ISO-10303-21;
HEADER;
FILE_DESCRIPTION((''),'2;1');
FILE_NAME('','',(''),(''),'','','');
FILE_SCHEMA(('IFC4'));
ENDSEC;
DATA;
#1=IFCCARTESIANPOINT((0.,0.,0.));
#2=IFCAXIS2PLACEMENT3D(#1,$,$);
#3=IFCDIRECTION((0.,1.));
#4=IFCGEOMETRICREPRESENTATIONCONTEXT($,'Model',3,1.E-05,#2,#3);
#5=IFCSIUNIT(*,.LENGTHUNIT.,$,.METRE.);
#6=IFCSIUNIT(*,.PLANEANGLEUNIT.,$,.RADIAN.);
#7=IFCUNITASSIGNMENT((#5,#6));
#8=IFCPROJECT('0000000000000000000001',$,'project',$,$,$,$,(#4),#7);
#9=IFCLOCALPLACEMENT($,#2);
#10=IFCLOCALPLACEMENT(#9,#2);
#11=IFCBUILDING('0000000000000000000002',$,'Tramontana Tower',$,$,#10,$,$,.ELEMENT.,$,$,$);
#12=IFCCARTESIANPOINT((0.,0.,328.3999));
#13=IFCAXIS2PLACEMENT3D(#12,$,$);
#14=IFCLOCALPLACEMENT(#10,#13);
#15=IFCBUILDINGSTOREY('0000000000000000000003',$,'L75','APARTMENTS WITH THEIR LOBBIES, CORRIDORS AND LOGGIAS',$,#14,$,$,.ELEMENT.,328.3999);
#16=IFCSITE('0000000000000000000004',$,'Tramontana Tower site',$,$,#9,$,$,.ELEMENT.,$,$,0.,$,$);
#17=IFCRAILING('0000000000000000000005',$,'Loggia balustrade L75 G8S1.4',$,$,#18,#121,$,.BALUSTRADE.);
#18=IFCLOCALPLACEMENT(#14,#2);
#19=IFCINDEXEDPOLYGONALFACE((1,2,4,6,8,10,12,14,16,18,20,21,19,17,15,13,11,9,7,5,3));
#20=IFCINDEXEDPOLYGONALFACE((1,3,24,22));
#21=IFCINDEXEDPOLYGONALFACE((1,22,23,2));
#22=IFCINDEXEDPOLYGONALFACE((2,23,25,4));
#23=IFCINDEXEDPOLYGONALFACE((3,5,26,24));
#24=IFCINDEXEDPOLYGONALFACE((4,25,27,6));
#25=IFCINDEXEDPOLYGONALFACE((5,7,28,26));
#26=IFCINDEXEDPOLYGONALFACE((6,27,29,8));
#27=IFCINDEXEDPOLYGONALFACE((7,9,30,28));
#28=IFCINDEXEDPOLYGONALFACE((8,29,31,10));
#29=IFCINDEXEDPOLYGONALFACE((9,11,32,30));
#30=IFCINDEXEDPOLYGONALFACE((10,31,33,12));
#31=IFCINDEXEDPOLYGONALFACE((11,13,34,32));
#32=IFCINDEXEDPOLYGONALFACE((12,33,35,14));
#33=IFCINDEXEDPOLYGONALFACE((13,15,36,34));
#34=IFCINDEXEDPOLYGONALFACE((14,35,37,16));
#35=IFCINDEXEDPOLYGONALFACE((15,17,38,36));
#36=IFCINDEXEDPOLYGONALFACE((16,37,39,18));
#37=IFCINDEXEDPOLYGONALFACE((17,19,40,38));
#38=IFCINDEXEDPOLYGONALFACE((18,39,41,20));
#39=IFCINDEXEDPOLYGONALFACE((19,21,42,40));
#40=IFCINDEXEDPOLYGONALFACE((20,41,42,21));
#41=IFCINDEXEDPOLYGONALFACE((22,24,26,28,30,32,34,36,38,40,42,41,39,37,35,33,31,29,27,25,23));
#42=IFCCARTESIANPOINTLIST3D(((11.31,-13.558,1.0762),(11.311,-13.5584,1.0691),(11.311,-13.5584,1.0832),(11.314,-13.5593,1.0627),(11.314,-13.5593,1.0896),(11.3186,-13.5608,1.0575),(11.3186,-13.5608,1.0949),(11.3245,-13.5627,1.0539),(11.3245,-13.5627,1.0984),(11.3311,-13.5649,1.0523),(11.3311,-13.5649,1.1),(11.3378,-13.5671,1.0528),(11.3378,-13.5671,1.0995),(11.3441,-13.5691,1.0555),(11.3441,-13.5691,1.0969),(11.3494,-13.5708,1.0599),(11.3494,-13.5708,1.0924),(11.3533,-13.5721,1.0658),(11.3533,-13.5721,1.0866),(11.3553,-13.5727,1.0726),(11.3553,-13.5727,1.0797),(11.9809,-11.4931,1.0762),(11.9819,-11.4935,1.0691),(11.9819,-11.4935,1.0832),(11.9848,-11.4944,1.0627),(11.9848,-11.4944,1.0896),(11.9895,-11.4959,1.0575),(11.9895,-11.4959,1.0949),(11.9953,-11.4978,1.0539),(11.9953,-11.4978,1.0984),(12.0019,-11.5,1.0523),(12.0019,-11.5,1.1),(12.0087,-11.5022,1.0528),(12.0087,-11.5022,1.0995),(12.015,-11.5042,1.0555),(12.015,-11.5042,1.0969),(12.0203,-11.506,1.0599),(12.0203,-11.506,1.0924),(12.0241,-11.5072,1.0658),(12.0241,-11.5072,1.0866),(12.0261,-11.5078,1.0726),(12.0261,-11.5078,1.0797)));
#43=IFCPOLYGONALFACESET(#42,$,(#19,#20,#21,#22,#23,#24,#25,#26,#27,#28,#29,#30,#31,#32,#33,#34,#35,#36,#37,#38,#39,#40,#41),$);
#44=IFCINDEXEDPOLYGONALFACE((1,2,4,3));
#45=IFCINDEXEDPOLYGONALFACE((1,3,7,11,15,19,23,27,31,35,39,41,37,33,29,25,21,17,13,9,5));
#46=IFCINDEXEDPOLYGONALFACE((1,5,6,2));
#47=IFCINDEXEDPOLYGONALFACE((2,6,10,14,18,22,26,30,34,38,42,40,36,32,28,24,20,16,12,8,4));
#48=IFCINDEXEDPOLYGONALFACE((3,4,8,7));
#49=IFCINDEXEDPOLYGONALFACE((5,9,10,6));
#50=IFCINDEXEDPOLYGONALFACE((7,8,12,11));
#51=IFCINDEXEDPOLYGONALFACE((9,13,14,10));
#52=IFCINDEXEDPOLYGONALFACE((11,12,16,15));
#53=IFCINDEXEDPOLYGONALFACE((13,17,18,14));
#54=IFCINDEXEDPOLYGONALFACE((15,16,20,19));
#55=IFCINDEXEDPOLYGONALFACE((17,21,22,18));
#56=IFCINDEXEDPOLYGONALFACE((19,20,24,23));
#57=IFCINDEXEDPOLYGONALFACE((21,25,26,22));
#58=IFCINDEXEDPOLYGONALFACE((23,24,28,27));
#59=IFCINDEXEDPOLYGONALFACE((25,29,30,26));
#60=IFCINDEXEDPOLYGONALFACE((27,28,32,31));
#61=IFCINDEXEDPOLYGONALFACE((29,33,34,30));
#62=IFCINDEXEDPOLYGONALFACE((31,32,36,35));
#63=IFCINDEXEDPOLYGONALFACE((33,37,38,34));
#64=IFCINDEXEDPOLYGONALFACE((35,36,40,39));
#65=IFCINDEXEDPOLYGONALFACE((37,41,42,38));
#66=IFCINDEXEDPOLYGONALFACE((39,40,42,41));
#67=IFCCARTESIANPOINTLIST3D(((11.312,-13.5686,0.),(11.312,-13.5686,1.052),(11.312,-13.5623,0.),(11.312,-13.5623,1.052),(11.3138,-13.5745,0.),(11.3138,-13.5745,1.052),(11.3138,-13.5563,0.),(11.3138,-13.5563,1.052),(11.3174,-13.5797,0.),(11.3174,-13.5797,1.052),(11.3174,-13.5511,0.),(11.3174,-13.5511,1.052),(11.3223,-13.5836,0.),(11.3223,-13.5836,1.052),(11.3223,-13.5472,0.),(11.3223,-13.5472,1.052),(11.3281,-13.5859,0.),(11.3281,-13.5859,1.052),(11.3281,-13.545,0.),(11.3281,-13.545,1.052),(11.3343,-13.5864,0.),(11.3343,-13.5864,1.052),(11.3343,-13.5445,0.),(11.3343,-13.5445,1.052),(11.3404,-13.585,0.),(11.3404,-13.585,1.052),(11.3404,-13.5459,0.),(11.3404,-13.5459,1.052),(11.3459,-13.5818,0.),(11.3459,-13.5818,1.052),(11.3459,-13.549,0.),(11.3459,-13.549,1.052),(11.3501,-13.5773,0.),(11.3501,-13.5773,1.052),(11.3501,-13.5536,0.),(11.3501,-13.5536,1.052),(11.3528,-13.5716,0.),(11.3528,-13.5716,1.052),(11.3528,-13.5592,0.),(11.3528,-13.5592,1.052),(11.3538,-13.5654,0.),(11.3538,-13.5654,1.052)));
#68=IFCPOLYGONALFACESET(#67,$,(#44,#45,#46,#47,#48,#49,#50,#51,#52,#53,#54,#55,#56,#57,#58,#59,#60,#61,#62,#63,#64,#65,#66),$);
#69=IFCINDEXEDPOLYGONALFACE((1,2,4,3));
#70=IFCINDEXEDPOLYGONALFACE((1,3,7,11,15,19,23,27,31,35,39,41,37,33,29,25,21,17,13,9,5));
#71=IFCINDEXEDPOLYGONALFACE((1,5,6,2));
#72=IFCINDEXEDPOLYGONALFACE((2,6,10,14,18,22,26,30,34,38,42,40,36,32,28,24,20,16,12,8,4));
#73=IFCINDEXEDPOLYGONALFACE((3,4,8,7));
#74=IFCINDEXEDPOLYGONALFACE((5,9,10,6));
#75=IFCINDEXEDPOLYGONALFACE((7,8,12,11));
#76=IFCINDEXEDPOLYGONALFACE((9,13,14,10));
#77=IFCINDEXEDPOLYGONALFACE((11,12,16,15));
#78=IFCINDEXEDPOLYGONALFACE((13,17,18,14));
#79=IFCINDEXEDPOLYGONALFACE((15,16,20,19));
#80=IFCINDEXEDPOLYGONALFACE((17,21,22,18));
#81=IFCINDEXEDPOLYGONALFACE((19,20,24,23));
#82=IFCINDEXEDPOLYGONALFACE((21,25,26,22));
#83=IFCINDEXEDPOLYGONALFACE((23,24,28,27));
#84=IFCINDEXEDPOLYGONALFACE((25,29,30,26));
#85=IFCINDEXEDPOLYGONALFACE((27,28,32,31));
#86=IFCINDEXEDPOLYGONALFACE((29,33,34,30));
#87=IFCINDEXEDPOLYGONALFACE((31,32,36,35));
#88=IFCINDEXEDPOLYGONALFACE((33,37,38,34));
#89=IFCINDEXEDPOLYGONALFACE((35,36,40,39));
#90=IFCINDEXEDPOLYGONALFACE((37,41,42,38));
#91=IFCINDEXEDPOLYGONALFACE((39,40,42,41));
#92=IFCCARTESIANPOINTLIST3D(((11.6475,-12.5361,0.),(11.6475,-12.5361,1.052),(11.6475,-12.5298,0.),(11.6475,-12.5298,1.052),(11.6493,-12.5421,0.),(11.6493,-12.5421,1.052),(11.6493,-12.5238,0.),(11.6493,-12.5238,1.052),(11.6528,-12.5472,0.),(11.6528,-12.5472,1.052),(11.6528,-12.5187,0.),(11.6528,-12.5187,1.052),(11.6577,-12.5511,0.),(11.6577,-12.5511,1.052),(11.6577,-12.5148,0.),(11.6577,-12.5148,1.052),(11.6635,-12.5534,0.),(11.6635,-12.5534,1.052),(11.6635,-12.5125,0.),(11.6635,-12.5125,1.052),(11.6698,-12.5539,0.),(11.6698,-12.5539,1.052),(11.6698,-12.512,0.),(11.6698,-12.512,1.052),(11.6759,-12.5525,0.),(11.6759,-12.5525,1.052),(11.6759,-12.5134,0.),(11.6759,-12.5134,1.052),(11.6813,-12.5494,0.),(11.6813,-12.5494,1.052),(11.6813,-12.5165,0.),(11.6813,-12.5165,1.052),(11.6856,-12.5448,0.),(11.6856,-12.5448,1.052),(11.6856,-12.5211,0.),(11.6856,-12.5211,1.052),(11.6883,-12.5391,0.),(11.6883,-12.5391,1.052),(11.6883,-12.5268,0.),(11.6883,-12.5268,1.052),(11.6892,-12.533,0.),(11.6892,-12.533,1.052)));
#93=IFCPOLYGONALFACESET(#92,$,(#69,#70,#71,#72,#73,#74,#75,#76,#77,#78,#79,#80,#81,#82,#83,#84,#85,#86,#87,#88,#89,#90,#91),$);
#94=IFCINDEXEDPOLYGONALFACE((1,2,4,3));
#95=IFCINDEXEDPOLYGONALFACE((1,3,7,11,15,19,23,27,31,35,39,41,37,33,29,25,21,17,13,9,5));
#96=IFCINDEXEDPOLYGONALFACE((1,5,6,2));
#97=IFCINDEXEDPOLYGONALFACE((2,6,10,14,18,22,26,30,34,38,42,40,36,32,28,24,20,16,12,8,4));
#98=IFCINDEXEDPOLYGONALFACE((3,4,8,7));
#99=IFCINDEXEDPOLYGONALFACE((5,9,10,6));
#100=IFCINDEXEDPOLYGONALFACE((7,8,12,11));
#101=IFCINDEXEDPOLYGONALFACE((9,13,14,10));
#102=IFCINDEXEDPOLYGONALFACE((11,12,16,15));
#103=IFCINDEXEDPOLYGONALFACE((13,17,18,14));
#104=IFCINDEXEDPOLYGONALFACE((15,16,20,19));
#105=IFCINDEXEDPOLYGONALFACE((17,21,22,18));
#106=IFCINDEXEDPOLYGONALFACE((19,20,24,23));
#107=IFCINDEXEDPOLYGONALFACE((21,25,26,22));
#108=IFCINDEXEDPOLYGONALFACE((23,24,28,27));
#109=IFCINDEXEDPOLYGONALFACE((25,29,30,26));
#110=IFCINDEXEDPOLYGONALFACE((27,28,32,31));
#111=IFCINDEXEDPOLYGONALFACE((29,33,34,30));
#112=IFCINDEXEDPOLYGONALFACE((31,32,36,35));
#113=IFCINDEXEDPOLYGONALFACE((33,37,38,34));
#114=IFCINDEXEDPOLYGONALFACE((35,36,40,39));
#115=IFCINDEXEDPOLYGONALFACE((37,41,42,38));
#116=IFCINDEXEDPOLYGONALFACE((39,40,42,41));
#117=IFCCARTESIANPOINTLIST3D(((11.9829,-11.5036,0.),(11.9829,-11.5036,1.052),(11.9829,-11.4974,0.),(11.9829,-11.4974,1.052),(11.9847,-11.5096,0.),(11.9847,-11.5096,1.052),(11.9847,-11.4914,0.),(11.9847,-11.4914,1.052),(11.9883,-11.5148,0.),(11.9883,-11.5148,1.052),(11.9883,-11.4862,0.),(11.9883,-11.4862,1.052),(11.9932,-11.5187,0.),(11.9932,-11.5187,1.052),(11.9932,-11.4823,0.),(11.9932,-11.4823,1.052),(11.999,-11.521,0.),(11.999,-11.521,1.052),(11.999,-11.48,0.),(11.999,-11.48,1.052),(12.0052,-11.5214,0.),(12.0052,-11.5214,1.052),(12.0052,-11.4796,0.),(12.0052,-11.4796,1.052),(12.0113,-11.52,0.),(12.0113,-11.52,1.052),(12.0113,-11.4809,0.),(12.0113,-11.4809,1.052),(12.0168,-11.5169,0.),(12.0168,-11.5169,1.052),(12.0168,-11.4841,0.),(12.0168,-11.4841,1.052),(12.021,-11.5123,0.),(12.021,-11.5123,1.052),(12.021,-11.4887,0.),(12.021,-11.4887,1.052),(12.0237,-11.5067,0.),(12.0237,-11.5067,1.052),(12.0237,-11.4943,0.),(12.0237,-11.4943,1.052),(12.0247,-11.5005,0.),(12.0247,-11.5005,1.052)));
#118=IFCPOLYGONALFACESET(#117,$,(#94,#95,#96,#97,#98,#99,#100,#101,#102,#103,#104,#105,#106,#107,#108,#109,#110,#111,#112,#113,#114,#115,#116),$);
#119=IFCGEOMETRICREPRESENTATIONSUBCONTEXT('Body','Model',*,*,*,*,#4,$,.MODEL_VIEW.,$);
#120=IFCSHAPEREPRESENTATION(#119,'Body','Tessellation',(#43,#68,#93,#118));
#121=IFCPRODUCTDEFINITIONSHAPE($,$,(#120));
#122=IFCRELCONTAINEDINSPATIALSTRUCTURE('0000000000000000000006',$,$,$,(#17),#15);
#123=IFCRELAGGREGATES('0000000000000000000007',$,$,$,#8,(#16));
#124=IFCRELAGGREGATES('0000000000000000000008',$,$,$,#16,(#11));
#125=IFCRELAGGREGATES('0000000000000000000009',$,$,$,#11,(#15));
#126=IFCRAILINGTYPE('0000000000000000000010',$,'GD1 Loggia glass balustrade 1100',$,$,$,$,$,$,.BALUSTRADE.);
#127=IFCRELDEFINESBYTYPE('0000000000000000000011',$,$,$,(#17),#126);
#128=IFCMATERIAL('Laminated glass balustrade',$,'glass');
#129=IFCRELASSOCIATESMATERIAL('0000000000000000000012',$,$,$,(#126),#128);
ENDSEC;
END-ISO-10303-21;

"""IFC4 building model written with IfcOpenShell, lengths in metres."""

from ifc_helpers import new_model, si_unit, direction, frame, origin, origin_2d, place, context, subcontext, project, spatial, circle, extrude, material, type_object, element, save


model = new_model("IFC4")

# Units and contexts
model_context = context("Model", 3, precision=1e-05, world=origin(), true_north=direction((0.0, 1.0)))
body_context = subcontext(model_context, "Body", "Model", "MODEL_VIEW")
ifc_project = project(units=[si_unit("LENGTHUNIT", "METRE"), si_unit("PLANEANGLEUNIT", "RADIAN")], contexts=[model_context])

# Site, building, storey
site_placement = place(None, origin())
site = spatial("IfcSite", under=ifc_project, at=site_placement, Name="Tramontana Tower site", CompositionType="ELEMENT", RefElevation=0.0)
building_placement = place(site_placement, origin())
building = spatial("IfcBuilding", under=site, at=building_placement, Name="Tramontana Tower", CompositionType="ELEMENT")
storey_placement = place(building_placement, frame((0.0, 0.0, 328.3999)))
storey = spatial("IfcBuildingStorey", under=building, at=storey_placement, Name="L75", Description="APARTMENTS WITH THEIR LOBBIES, CORRIDORS AND LOGGIAS", CompositionType="ELEMENT", Elevation=328.3999)

# Railing
ifc_material_1 = material(Name="Laminated glass balustrade", Category="glass")
railing_type = type_object("IfcRailingType", Name="GD1 Loggia glass balustrade 1100", PredefinedType="BALUSTRADE", material=ifc_material_1)
railing_placement = place(storey_placement, frame((11.3328, -13.5654, 0.0)))
element("IfcRailing", 1, at=railing_placement, inside=storey, type_object=railing_type, Name="Loggia balustrade L75 G8S1.4", PredefinedType="BALUSTRADE", context=body_context, shape_type="SweptSolid", body=[
    extrude(circle(Radius=0.0239, at=origin_2d()), frame((0.0, 0.0, 1.0762), z_axis=(0.309, 0.951062, 0.0), x_axis=(-0.951062, 0.309, 0.0)), (0.0, 0.0, 1.0), 2.1711),
    extrude(circle(Radius=0.021, at=origin_2d()), origin(), (0.0, 0.0, 1.0), 1.052),
    extrude(circle(Radius=0.021, at=origin_2d()), frame((0.3354, 1.0325, 0.0)), (0.0, 0.0, 1.0), 1.052),
    extrude(circle(Radius=0.021, at=origin_2d()), frame((0.6709, 2.0649, 0.0)), (0.0, 0.0, 1.0), 1.052),
])

save(model, "model.ifc")
